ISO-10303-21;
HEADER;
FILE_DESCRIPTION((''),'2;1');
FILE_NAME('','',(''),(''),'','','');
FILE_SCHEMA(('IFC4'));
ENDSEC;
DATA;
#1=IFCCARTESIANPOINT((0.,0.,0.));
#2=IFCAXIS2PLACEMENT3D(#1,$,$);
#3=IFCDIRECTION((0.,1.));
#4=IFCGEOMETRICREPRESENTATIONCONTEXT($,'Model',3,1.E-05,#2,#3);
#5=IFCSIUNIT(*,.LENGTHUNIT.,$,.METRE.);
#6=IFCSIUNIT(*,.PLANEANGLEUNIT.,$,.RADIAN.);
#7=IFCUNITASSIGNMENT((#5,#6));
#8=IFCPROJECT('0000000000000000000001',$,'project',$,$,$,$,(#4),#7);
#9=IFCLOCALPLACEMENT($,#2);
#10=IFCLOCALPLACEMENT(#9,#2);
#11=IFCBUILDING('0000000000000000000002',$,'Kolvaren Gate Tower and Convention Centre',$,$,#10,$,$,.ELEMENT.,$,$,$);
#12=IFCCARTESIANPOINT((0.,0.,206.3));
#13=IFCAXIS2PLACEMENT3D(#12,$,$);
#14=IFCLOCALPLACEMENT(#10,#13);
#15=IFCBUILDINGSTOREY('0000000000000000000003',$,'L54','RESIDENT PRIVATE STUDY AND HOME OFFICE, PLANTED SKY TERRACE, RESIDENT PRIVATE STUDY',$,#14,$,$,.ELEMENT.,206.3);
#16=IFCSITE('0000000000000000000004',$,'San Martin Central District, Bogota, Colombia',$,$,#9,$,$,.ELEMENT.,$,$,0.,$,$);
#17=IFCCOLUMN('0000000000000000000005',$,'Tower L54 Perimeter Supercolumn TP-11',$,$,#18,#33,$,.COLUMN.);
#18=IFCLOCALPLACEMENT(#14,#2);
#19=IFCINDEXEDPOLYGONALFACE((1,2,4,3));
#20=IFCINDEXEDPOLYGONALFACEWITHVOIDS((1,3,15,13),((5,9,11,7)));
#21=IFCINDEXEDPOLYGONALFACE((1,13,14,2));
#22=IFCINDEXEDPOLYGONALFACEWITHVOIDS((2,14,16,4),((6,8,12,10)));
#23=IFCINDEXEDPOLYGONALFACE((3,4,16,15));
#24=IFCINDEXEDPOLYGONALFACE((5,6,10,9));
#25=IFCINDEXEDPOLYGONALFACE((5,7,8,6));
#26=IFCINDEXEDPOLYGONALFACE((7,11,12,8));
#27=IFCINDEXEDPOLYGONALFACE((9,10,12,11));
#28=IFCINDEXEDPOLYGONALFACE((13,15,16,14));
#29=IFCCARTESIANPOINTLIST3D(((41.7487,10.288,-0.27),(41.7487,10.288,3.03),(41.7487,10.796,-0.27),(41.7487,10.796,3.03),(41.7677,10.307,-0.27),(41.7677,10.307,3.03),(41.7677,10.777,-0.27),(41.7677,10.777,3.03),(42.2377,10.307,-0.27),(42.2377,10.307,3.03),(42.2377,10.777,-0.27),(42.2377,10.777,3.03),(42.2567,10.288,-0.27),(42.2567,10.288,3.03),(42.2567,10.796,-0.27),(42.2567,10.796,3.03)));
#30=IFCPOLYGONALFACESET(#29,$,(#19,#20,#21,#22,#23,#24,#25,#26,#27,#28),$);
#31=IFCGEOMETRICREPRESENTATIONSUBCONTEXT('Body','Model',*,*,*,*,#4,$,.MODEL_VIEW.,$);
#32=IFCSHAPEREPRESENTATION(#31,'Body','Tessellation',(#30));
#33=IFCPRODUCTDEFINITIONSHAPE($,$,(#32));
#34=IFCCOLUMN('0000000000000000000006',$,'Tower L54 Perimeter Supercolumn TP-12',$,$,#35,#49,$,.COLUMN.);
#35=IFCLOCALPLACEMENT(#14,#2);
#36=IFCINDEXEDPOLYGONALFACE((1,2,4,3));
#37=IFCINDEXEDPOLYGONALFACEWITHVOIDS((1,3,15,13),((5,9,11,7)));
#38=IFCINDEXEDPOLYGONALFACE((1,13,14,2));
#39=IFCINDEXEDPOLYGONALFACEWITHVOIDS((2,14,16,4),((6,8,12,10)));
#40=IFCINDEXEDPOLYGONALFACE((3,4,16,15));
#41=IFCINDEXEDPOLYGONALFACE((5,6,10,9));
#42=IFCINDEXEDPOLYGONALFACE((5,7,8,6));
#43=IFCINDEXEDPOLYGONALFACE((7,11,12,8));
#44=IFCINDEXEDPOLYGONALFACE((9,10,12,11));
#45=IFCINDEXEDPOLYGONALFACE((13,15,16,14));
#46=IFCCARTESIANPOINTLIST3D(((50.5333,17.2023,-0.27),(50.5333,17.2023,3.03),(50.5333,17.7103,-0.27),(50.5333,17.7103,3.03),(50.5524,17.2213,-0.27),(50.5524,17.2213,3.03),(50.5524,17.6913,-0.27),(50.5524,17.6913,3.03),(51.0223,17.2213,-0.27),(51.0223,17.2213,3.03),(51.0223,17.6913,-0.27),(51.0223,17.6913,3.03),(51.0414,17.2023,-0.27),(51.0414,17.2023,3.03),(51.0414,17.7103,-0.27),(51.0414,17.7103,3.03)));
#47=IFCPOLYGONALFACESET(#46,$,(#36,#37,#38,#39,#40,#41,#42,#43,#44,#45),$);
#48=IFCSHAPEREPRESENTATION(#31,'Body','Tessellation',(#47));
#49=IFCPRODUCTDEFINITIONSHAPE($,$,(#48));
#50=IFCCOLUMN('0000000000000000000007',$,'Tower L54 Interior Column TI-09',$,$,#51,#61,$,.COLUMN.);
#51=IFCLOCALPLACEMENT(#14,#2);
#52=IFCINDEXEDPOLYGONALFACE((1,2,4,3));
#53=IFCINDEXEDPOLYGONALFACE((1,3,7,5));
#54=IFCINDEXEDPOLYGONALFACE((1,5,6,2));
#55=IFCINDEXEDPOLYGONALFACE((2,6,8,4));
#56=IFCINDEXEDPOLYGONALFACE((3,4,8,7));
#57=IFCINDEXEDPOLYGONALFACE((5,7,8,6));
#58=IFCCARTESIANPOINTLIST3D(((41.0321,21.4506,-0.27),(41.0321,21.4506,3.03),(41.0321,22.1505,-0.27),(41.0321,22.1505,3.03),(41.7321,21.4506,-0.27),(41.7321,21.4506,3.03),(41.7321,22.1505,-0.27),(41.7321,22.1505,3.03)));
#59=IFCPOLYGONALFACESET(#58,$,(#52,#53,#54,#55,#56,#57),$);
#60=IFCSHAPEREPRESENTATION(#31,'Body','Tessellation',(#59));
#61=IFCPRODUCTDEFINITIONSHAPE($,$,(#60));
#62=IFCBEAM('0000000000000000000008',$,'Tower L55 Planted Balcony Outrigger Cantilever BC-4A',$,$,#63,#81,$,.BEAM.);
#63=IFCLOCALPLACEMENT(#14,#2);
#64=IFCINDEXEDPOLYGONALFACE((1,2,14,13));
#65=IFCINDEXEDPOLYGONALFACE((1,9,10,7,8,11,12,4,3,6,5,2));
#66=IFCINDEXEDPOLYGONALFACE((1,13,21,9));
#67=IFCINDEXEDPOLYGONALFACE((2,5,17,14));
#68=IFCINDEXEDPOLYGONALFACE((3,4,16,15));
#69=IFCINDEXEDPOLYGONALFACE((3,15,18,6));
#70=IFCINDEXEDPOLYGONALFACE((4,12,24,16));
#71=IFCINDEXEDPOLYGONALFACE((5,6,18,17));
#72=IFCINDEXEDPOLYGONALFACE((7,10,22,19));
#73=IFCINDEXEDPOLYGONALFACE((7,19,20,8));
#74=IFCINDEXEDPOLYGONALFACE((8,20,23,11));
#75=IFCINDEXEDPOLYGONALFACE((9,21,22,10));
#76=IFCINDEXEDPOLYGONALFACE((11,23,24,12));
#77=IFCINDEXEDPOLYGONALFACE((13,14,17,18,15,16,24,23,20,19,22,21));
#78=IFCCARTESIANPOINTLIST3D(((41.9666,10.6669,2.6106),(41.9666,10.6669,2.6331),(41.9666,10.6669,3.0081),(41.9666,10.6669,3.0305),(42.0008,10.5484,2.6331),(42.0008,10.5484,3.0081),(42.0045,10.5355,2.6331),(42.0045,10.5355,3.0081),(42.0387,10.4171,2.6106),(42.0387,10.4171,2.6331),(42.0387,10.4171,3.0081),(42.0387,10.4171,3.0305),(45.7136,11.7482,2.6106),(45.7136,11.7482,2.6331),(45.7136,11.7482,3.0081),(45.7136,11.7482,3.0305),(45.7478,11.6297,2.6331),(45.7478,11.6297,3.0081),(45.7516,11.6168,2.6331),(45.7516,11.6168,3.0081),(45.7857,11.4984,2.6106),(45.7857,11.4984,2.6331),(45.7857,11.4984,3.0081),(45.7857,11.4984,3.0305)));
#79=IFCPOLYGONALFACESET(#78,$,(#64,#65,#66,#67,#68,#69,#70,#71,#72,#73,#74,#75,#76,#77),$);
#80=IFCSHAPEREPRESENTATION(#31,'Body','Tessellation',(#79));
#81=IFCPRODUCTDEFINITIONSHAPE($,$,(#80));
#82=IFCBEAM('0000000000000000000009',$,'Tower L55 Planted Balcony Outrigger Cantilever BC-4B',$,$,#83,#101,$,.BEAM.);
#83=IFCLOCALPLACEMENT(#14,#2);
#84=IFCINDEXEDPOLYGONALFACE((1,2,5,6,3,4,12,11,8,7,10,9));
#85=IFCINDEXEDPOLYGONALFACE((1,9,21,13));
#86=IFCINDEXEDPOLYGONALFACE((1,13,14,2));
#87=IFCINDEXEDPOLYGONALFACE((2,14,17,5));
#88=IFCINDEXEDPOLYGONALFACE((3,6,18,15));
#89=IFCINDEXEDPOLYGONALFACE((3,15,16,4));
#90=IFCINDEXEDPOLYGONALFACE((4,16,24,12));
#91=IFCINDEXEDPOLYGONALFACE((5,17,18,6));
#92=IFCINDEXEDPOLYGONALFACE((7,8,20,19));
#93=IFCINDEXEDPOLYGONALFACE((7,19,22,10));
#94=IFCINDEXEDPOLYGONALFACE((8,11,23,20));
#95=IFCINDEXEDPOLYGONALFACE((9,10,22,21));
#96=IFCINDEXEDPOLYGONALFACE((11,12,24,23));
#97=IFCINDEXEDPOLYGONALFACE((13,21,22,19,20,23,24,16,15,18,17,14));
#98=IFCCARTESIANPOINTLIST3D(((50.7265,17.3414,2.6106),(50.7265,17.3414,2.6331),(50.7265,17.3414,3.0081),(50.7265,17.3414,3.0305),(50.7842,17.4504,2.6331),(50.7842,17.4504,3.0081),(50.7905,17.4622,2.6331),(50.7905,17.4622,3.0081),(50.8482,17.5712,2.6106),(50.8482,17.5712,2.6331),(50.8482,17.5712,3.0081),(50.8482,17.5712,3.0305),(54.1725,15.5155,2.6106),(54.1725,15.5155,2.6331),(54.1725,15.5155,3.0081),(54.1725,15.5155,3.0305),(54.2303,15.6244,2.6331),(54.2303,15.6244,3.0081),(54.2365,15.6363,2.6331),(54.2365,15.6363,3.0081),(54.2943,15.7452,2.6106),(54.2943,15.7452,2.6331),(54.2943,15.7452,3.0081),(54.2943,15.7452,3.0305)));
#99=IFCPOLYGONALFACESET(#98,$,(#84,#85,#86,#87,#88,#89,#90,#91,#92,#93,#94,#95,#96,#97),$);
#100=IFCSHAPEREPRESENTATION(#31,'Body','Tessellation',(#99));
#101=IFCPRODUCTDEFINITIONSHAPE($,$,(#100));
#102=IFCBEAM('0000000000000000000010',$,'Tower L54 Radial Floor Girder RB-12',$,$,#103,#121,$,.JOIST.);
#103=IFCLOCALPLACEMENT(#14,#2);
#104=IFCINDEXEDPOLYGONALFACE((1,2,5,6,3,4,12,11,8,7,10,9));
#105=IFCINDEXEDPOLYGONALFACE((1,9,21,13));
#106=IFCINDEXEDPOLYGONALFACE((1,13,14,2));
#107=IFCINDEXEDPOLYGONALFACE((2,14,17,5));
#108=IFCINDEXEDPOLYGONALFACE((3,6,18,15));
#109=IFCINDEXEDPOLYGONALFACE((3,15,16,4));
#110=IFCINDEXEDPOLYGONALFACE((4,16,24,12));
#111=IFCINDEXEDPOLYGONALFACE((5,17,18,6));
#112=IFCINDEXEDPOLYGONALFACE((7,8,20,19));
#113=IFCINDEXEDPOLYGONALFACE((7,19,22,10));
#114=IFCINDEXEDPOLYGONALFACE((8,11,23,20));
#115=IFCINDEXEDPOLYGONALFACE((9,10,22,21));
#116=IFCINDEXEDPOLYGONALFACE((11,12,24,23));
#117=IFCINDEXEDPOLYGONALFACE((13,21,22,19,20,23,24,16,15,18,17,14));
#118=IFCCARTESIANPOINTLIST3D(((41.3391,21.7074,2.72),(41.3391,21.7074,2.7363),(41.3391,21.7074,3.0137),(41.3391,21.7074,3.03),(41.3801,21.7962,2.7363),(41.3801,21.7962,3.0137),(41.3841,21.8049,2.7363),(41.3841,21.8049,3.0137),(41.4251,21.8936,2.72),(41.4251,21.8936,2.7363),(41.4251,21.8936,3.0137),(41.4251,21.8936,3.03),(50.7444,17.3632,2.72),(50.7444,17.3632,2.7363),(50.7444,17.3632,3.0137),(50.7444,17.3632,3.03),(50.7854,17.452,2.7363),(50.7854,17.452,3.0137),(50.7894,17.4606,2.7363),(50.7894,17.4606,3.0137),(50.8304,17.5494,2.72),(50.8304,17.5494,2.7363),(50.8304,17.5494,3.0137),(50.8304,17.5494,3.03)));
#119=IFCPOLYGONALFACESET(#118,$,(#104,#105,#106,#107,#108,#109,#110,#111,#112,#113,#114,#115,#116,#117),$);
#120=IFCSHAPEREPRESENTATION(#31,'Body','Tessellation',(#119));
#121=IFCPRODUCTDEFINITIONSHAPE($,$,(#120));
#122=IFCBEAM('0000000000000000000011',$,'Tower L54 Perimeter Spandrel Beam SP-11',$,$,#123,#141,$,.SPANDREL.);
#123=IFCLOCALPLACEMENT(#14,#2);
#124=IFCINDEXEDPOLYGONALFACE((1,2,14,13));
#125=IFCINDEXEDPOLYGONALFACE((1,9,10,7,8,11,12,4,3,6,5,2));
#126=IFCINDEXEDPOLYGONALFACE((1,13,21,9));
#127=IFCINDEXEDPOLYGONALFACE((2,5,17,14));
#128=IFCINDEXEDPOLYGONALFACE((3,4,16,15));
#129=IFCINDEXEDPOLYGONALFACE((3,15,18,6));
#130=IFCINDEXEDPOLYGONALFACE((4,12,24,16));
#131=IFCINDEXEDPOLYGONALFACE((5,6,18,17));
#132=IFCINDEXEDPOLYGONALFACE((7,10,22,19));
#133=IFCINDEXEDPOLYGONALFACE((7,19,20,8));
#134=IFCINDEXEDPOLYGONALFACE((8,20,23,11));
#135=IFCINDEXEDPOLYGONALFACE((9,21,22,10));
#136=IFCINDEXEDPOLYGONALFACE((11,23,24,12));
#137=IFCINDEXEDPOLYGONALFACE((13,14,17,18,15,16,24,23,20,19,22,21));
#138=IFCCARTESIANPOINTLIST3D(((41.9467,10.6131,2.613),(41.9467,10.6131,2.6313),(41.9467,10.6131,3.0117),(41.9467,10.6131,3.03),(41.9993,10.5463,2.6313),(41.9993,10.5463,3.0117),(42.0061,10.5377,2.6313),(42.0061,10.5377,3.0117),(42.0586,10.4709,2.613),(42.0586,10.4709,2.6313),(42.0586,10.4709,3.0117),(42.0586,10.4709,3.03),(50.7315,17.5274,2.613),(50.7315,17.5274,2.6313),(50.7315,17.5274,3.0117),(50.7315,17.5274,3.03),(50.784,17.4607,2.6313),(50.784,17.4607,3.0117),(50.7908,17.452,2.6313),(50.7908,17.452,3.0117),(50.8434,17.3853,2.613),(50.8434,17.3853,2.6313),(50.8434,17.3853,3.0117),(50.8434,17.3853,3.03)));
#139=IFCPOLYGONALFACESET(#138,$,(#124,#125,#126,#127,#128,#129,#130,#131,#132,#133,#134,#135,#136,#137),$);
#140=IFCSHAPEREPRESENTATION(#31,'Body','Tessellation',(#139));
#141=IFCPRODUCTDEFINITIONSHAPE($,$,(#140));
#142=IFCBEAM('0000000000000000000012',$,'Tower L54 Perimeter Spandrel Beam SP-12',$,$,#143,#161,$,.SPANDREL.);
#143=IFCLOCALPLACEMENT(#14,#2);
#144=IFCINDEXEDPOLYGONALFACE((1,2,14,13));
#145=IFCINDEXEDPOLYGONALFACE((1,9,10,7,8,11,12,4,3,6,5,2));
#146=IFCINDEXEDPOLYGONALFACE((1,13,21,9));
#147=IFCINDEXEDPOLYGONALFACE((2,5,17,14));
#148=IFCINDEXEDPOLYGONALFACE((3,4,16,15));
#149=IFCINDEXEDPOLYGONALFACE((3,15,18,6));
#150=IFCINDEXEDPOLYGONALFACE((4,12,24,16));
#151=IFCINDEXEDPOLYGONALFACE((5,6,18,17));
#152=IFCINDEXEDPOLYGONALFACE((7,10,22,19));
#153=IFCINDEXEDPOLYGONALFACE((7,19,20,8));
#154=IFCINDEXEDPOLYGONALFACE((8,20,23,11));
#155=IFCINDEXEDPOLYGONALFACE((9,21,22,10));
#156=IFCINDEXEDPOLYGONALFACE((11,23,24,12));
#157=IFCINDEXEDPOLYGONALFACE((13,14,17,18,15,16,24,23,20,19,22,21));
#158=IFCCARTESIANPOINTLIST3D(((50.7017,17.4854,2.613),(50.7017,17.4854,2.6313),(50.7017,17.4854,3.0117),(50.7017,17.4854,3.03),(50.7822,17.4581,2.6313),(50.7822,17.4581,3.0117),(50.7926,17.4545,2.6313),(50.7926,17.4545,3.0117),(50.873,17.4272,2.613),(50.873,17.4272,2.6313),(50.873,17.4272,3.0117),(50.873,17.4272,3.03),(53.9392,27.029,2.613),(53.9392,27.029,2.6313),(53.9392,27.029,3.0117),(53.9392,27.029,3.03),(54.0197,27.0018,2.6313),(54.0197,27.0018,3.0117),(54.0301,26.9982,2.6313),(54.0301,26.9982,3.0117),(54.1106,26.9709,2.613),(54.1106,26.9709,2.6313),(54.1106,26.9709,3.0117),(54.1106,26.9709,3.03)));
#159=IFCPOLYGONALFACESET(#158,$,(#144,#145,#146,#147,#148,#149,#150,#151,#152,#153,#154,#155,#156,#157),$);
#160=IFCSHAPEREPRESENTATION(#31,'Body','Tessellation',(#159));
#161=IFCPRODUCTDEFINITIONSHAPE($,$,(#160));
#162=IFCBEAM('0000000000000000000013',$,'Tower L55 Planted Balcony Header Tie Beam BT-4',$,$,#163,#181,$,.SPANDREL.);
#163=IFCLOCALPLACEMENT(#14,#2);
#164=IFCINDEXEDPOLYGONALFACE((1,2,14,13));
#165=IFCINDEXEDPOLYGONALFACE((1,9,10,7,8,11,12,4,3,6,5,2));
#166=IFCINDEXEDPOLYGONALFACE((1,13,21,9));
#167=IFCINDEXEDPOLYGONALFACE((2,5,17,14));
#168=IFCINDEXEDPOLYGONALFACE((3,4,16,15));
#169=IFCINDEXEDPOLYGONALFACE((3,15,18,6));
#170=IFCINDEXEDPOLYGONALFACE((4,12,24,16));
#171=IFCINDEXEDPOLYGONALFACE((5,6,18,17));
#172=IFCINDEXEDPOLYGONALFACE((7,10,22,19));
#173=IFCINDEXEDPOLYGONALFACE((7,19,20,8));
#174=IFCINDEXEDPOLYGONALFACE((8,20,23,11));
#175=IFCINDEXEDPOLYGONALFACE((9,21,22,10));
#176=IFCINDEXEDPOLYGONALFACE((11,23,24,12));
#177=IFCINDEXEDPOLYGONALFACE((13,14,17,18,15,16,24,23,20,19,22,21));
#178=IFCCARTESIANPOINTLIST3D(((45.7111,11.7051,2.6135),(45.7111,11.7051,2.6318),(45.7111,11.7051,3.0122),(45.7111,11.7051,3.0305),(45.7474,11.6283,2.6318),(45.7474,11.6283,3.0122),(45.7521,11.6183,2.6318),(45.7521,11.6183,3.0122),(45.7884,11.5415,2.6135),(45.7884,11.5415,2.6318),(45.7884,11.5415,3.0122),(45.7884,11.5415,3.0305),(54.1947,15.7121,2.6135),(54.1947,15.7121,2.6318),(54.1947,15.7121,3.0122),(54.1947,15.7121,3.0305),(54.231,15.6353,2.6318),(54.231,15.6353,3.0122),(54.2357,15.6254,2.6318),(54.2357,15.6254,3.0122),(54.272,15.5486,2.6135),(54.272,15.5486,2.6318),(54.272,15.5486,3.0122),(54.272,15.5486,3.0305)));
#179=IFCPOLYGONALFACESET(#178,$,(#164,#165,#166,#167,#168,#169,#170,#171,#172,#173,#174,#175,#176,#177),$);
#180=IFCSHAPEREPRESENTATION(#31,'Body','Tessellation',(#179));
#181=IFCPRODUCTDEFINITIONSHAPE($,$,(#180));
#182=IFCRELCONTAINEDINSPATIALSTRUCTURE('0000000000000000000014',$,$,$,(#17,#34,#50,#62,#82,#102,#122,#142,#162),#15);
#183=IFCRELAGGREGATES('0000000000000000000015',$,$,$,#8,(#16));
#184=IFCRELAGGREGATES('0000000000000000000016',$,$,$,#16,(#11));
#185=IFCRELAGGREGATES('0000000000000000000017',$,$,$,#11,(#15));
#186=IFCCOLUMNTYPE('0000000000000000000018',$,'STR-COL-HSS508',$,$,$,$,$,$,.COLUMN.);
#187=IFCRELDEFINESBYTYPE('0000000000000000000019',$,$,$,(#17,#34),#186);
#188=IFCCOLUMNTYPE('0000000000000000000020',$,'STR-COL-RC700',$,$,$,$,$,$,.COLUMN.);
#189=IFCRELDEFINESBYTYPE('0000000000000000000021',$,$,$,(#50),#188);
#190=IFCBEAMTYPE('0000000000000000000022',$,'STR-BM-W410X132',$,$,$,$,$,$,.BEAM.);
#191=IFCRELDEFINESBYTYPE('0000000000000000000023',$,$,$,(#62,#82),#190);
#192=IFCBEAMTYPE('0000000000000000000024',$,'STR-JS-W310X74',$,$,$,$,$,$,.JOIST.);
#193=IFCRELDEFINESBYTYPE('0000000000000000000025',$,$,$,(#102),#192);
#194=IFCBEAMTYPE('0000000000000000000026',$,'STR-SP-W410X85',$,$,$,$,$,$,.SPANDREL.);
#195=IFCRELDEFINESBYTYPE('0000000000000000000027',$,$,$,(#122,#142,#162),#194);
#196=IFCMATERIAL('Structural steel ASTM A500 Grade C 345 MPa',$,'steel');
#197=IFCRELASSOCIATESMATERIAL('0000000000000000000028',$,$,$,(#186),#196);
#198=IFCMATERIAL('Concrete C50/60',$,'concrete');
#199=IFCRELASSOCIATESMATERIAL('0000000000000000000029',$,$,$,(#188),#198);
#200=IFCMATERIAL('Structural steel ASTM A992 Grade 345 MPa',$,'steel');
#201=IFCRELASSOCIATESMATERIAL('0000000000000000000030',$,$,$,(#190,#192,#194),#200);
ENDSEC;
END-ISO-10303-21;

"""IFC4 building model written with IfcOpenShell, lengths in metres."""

from ifc_helpers import new_model, si_unit, direction, frame, origin, origin_2d, place, context, subcontext, project, spatial, rectangle, hollow_rectangle, i_section, extrude, material, material_profile, profile_set, type_object, element, save


model = new_model("IFC4")

# Units and contexts
model_context = context("Model", 3, precision=1e-05, world=origin(), true_north=direction((0.0, 1.0)))
body_context = subcontext(model_context, "Body", "Model", "MODEL_VIEW")
ifc_project = project(units=[si_unit("LENGTHUNIT", "METRE"), si_unit("PLANEANGLEUNIT", "RADIAN")], contexts=[model_context])

# Site, building, storey
site_placement = place(None, origin())
site = spatial("IfcSite", under=ifc_project, at=site_placement, Name="San Martin Central District, Bogota, Colombia", CompositionType="ELEMENT", RefElevation=0.0)
building_placement = place(site_placement, origin())
building = spatial("IfcBuilding", under=site, at=building_placement, Name="Kolvaren Gate Tower and Convention Centre", CompositionType="ELEMENT")
storey_placement = place(building_placement, frame((0.0, 0.0, 206.3)))
storey = spatial("IfcBuildingStorey", under=building, at=storey_placement, Name="L54", Description="RESIDENT PRIVATE STUDY AND HOME OFFICE, PLANTED SKY TERRACE, RESIDENT PRIVATE STUDY", CompositionType="ELEMENT", Elevation=206.3)

# Columns
ifc_material_1 = material(Name="Structural steel ASTM A500 Grade C 345 MPa", Category="steel")
ifc_material_profile_1 = material_profile(ifc_material_1, hollow_rectangle(XDim=0.5081, YDim=0.5081, WallThickness=0.019, at=origin_2d()), Name="HSS508X508X19.1")
ifc_profile_set_1 = profile_set([ifc_material_profile_1], Name="Structural steel ASTM A500 Grade C 345 MPa")
column_type_1 = type_object("IfcColumnType", Name="STR-COL-HSS508", PredefinedType="COLUMN", material=ifc_profile_set_1)
for number, where, z_axis, x_axis, name in (
    (1, (42.0027, 10.542, -0.27), (0.0, 0.0, 1.0), (1.0, 0.0, 0.0), "Tower L54 Perimeter Supercolumn TP-11"),
    (2, (50.7874, 17.4563, -0.27), (0.0, 0.0, 1.0), (1.0, 0.0, 0.0), "Tower L54 Perimeter Supercolumn TP-12"),
):
    element("IfcColumn", number, at=place(storey_placement, frame(where, z_axis=z_axis, x_axis=x_axis)), inside=storey, type_object=column_type_1, Name=name, PredefinedType="COLUMN", context=body_context, shape_type="SweptSolid", body=[
        extrude(hollow_rectangle(XDim=0.5081, YDim=0.5081, WallThickness=0.019, at=origin_2d()), origin(), (0.0, 0.0, 1.0), 3.3),
    ])
ifc_material_2 = material(Name="Concrete C50/60", Category="concrete")
ifc_material_profile_2 = material_profile(ifc_material_2, rectangle(XDim=0.7, YDim=0.7, at=origin_2d()), Name="RC-COL-700X700")
ifc_profile_set_2 = profile_set([ifc_material_profile_2], Name="Concrete C50/60")
column_type_2 = type_object("IfcColumnType", Name="STR-COL-RC700", PredefinedType="COLUMN", material=ifc_profile_set_2)
column_placement = place(storey_placement, frame((41.3821, 21.8005, -0.27), z_axis=(0.0, 0.0, 1.0), x_axis=(1.0, 0.0, 0.0)))
element("IfcColumn", 3, at=column_placement, inside=storey, type_object=column_type_2, Name="Tower L54 Interior Column TI-09", PredefinedType="COLUMN", context=body_context, shape_type="SweptSolid", body=[
    extrude(rectangle(XDim=0.7, YDim=0.7, at=origin_2d()), origin(), (0.0, 0.0, 1.0), 3.3),
])

# Beams
ifc_material_3 = material(Name="Structural steel ASTM A992 Grade 345 MPa", Category="steel")
ifc_material_profile_3 = material_profile(ifc_material_3, i_section(OverallWidth=0.26, OverallDepth=0.4199, WebThickness=0.0134, FlangeThickness=0.0225, at=origin_2d()), Name="W410X132")
ifc_profile_set_3 = profile_set([ifc_material_profile_3], Name="Structural steel ASTM A992 Grade 345 MPa")
beam_type_1 = type_object("IfcBeamType", Name="STR-BM-W410X132", PredefinedType="BEAM", material=ifc_profile_set_3)
for number, where, z_axis, x_axis, name in (
    (4, (42.0027, 10.542, 2.8206), (0.960795, 0.277258, 0.0), (-0.277258, 0.960795, 0.0), "Tower L55 Planted Balcony Outrigger Cantilever BC-4A"),
    (5, (50.7874, 17.4563, 2.8206), (0.883623, -0.468198, 0.0), (0.468198, 0.883623, 0.0), "Tower L55 Planted Balcony Outrigger Cantilever BC-4B"),
):
    element("IfcBeam", number, at=place(storey_placement, frame(where, z_axis=z_axis, x_axis=x_axis)), inside=storey, type_object=beam_type_1, Name=name, PredefinedType="BEAM", context=body_context, shape_type="SweptSolid", body=[
        extrude(i_section(OverallWidth=0.26, OverallDepth=0.4199, WebThickness=0.0134, FlangeThickness=0.0225, at=origin_2d()), origin(), (0.0, 0.0, 1.0), 3.8999),
    ])
ifc_material_profile_4 = material_profile(ifc_material_3, i_section(OverallWidth=0.2051, OverallDepth=0.3101, WebThickness=0.0095, FlangeThickness=0.0164, at=origin_2d()), Name="W310X74")
ifc_profile_set_4 = profile_set([ifc_material_profile_4], Name="Structural steel ASTM A992 Grade 345 MPa")
beam_type_2 = type_object("IfcBeamType", Name="STR-JS-W310X74", PredefinedType="JOIST", material=ifc_profile_set_4)
beam_1_placement = place(storey_placement, frame((41.3821, 21.8005, 2.875), z_axis=(0.907837, -0.419324, 0.0), x_axis=(0.419324, 0.907837, 0.0)))
element("IfcBeam", 6, at=beam_1_placement, inside=storey, type_object=beam_type_2, Name="Tower L54 Radial Floor Girder RB-12", PredefinedType="JOIST", context=body_context, shape_type="SweptSolid", body=[
    extrude(i_section(OverallWidth=0.2051, OverallDepth=0.3101, WebThickness=0.0095, FlangeThickness=0.0164, at=origin_2d()), origin(), (0.0, 0.0, 1.0), 10.3601),
])
ifc_material_profile_5 = material_profile(ifc_material_3, i_section(OverallWidth=0.1809, OverallDepth=0.417, WebThickness=0.011, FlangeThickness=0.0183, at=origin_2d()), Name="W410X85")
ifc_profile_set_5 = profile_set([ifc_material_profile_5], Name="Structural steel ASTM A992 Grade 345 MPa")
beam_type_3 = type_object("IfcBeamType", Name="STR-SP-W410X85", PredefinedType="SPANDREL", material=ifc_profile_set_5)
beam_2_placement = place(storey_placement, frame((42.0027, 10.542, 2.8215), z_axis=(0.785794, 0.618489, 0.0), x_axis=(-0.618489, 0.785794, 0.0)))
element("IfcBeam", 7, at=beam_2_placement, inside=storey, type_object=beam_type_3, Name="Tower L54 Perimeter Spandrel Beam SP-11", PredefinedType="SPANDREL", context=body_context, shape_type="SweptSolid", body=[
    extrude(i_section(OverallWidth=0.1809, OverallDepth=0.417, WebThickness=0.011, FlangeThickness=0.0183, at=origin_2d()), origin(), (0.0, 0.0, 1.0), 11.1794),
])
beam_3_placement = place(storey_placement, frame((50.7874, 17.4563, 2.8215), z_axis=(0.321253, 0.946994, 0.0), x_axis=(-0.946994, 0.321253, 0.0)))
element("IfcBeam", 8, at=beam_3_placement, inside=storey, type_object=beam_type_3, Name="Tower L54 Perimeter Spandrel Beam SP-12", PredefinedType="SPANDREL", context=body_context, shape_type="SweptSolid", body=[
    extrude(i_section(OverallWidth=0.1809, OverallDepth=0.417, WebThickness=0.011, FlangeThickness=0.0183, at=origin_2d()), origin(), (0.0, 0.0, 1.0), 10.0779),
])
beam_4_placement = place(storey_placement, frame((45.7498, 11.6233, 2.822), z_axis=(0.904211, 0.427086, 0.0), x_axis=(-0.427086, 0.904211, 0.0)))
element("IfcBeam", 9, at=beam_4_placement, inside=storey, type_object=beam_type_3, Name="Tower L55 Planted Balcony Header Tie Beam BT-4", PredefinedType="SPANDREL", context=body_context, shape_type="SweptSolid", body=[
    extrude(i_section(OverallWidth=0.1809, OverallDepth=0.417, WebThickness=0.011, FlangeThickness=0.0183, at=origin_2d()), origin(), (0.0, 0.0, 1.0), 9.3823),
])

save(model, "model.ifc")
